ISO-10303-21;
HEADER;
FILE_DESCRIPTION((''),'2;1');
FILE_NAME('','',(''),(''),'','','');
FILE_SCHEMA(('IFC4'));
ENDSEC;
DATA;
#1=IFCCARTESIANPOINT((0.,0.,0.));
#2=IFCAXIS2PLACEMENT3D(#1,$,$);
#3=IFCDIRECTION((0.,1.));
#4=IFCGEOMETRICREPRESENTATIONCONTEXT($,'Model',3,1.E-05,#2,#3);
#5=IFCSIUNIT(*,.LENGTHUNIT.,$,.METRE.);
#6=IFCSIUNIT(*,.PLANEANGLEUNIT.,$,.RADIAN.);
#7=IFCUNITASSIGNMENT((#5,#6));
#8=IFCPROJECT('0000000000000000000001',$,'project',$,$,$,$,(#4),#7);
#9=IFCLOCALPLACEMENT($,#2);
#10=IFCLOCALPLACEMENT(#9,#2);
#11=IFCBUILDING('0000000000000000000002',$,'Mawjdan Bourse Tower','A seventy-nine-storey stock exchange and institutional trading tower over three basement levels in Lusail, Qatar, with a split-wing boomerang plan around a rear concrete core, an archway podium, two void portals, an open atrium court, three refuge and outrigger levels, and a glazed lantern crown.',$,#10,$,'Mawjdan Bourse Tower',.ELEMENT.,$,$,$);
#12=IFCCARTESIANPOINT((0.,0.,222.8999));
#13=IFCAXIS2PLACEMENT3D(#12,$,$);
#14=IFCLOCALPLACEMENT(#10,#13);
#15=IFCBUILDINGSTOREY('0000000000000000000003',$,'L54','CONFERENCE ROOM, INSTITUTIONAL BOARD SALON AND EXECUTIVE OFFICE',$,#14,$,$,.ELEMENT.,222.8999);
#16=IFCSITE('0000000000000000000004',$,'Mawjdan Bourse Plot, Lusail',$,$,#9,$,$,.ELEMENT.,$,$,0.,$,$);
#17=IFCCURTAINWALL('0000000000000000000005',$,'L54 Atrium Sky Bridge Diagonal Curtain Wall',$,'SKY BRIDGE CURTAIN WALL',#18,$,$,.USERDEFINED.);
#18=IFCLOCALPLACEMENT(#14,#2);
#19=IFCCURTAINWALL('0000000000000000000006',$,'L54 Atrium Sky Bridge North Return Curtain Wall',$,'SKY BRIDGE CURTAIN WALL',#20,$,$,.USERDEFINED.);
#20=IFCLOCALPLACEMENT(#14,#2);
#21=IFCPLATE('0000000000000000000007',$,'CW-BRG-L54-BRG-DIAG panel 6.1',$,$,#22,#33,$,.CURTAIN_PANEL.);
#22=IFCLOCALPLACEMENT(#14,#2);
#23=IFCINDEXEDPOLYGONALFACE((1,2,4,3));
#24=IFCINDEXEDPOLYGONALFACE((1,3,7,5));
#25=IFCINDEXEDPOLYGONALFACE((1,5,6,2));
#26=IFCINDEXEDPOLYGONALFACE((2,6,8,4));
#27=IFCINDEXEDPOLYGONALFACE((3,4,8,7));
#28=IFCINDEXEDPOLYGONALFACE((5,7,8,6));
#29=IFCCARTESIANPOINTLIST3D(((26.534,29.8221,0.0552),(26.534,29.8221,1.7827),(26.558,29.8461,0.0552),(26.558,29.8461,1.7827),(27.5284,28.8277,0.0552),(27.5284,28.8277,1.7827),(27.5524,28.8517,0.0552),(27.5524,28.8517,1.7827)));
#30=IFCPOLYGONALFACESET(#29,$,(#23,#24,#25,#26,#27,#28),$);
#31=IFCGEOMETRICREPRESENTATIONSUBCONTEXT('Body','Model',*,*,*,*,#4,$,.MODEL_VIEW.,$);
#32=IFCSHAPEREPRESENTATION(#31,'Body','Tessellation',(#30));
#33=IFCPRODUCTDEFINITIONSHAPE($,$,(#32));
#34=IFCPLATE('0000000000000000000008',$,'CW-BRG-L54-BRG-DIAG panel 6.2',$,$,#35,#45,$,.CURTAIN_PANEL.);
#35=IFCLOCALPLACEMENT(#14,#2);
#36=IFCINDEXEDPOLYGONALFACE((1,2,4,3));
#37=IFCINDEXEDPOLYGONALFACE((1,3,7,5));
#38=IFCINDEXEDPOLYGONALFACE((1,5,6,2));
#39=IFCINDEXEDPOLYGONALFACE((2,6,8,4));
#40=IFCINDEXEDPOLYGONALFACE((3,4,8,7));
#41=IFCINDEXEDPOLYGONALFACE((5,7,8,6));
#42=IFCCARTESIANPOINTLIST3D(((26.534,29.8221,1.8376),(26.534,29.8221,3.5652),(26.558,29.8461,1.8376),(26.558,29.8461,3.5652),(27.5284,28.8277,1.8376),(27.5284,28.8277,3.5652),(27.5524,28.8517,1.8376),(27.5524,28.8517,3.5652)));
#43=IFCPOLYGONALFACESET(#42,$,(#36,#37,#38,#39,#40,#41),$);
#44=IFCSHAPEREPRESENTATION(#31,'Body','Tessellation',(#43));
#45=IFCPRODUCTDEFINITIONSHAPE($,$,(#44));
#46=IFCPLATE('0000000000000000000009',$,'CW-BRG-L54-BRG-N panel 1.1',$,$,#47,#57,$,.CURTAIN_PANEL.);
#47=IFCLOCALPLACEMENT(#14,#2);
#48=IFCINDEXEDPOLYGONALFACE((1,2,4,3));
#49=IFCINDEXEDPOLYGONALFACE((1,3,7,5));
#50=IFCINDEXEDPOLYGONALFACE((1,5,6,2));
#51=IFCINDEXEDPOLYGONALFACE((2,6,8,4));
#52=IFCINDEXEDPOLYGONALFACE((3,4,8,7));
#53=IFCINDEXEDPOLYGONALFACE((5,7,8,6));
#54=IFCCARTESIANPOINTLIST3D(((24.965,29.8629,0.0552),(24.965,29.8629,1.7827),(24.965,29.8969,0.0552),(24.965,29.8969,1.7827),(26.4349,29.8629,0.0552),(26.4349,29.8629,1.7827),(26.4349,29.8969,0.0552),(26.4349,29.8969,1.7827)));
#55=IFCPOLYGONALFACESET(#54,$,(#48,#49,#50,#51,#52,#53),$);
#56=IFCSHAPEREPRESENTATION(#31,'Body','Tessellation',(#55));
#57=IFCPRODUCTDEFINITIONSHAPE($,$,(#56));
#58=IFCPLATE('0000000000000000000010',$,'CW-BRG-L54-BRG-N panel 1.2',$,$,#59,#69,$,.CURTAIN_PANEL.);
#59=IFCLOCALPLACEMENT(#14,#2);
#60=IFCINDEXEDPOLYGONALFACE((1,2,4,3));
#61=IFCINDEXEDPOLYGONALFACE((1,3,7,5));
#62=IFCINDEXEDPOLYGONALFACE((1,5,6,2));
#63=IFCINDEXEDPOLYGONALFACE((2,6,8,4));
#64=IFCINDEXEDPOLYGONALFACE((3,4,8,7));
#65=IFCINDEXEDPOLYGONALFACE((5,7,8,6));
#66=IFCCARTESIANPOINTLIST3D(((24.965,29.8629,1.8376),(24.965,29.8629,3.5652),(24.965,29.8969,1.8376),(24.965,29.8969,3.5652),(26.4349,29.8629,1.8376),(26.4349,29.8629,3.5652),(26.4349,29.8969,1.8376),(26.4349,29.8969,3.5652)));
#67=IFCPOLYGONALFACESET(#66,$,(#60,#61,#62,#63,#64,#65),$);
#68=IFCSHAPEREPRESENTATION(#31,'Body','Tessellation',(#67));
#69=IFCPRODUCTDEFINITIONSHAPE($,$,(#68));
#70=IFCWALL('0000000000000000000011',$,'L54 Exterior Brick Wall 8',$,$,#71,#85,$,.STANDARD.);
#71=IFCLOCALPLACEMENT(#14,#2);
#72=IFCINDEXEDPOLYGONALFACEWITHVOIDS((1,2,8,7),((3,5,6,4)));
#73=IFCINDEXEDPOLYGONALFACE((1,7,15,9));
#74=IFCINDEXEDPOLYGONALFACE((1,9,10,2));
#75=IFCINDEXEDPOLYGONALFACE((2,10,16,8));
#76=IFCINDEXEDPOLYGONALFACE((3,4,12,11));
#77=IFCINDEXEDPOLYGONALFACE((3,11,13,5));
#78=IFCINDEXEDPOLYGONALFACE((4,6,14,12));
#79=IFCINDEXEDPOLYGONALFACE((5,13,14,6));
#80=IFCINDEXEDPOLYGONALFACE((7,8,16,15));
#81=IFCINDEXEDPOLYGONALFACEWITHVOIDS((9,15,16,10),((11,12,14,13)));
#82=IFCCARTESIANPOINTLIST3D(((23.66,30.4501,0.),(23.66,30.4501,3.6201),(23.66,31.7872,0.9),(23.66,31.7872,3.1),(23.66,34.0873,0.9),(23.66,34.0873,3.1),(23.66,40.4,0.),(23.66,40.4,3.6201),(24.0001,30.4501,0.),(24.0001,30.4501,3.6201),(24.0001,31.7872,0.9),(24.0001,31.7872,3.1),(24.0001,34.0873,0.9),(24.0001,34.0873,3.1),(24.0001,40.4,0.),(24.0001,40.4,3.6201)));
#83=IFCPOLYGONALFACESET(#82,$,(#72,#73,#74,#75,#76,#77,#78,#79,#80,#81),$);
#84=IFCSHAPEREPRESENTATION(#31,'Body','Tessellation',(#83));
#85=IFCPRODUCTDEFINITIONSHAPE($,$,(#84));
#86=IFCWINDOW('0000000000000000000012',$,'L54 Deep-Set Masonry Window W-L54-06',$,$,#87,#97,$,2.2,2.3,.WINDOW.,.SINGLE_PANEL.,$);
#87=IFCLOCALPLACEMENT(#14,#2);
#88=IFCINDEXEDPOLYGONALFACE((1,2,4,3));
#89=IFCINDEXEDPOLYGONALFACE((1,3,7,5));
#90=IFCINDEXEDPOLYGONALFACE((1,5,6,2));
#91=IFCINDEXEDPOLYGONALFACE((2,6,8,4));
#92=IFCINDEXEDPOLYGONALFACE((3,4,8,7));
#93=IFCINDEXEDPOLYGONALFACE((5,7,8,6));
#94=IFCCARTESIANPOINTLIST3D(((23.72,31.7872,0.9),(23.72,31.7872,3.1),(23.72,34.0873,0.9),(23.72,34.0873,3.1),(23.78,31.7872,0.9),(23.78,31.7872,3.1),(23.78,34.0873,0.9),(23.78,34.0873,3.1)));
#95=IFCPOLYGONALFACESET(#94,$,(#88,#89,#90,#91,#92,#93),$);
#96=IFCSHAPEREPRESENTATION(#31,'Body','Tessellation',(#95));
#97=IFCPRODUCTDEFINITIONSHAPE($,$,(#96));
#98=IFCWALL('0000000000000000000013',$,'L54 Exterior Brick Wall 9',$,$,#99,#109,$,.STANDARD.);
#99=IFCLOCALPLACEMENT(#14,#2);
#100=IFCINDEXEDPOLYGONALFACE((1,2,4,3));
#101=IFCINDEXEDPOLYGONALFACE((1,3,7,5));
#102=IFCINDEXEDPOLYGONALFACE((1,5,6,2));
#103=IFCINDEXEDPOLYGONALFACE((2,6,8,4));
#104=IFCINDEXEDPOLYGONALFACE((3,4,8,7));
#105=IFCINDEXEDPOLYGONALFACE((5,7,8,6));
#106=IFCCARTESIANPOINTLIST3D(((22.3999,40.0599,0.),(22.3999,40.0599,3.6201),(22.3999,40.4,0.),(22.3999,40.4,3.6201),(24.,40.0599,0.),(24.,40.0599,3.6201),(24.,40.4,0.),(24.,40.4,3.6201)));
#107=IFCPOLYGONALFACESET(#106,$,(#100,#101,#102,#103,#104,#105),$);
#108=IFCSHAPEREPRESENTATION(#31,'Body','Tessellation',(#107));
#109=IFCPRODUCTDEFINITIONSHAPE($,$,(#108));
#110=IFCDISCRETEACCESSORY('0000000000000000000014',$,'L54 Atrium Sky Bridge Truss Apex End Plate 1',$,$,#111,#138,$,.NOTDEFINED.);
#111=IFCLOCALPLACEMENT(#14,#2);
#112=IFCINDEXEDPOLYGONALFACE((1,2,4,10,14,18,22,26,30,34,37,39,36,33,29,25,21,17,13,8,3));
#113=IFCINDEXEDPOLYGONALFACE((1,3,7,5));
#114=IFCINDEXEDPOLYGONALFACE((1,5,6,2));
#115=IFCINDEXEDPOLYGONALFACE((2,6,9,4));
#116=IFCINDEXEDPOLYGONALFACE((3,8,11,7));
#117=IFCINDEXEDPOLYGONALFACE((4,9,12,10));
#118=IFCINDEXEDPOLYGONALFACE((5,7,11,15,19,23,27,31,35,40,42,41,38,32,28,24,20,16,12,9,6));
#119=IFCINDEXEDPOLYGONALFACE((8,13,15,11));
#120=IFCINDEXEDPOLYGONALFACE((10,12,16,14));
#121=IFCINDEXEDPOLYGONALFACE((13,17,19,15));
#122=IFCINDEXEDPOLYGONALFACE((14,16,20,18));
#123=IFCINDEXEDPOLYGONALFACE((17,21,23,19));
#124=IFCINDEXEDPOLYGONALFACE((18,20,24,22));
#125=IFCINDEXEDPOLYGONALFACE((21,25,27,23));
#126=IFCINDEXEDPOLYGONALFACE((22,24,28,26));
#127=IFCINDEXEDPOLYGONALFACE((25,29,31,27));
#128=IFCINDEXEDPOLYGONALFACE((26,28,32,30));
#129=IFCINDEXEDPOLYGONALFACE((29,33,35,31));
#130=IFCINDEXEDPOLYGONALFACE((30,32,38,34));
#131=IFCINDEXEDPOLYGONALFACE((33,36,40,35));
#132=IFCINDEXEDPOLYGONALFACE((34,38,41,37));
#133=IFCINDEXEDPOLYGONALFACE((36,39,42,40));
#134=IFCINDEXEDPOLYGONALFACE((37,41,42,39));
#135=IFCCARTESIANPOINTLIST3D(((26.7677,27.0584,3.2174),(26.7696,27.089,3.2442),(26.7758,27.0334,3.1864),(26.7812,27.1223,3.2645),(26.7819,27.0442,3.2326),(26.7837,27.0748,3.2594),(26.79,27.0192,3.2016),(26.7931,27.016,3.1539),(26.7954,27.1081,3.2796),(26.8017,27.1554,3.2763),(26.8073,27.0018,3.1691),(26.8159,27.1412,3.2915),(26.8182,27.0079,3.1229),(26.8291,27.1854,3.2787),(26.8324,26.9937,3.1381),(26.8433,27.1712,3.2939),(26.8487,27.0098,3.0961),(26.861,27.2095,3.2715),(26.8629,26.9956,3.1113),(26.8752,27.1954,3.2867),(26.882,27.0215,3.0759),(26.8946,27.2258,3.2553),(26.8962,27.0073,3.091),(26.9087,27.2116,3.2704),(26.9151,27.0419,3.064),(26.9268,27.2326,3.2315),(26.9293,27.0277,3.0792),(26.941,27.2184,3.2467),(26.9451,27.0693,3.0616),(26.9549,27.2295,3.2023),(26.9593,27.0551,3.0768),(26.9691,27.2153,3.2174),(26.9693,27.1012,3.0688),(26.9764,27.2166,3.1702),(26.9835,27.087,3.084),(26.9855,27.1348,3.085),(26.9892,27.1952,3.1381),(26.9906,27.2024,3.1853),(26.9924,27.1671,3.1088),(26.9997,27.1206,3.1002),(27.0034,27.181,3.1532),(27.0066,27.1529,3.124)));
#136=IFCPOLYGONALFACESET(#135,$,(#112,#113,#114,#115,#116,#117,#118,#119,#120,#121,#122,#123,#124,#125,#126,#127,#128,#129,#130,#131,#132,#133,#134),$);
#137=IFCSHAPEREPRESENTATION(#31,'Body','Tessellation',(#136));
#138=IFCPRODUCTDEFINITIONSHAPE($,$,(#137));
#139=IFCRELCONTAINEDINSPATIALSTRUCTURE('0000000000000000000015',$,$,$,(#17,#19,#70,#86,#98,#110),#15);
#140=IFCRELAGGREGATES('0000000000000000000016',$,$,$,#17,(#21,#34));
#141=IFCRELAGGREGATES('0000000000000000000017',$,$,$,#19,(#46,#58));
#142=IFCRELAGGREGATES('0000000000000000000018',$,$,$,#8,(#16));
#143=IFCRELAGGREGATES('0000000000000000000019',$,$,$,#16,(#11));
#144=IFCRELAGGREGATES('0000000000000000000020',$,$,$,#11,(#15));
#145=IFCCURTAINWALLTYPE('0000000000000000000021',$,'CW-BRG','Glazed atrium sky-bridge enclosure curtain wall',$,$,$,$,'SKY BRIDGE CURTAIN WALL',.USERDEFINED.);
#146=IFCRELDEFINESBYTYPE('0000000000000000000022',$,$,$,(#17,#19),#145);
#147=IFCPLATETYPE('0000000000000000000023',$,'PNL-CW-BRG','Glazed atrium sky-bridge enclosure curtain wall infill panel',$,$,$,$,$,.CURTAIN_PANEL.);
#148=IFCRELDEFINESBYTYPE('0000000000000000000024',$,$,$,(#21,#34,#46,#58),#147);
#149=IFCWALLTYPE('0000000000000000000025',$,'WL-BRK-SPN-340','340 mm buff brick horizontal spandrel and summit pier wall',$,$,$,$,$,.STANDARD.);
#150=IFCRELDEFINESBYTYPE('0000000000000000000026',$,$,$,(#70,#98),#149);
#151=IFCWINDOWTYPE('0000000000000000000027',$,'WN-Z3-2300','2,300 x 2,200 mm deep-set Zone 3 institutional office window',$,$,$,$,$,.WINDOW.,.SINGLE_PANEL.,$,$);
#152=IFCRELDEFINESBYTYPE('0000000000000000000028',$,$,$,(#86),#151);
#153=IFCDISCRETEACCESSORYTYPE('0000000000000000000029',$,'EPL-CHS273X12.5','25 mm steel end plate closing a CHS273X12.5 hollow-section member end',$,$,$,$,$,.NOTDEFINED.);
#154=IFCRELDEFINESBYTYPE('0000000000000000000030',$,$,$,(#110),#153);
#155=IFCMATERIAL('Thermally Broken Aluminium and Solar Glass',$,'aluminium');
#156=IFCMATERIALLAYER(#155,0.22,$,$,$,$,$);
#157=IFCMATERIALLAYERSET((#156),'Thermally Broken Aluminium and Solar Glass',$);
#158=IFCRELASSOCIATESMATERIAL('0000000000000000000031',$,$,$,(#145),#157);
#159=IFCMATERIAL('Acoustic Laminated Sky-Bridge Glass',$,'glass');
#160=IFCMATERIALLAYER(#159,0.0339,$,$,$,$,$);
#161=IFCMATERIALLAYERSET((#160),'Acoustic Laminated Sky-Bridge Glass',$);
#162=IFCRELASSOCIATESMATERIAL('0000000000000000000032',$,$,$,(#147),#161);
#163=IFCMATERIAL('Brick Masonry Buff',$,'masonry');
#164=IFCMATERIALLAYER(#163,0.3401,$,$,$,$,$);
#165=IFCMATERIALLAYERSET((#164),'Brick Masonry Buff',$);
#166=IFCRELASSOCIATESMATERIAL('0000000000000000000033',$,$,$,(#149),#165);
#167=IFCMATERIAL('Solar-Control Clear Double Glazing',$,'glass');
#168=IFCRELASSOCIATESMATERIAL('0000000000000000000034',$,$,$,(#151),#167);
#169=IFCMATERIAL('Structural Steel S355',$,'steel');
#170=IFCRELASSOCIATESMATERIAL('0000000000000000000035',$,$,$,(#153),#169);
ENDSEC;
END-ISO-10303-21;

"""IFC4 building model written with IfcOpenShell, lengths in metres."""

from ifc_helpers import new_model, si_unit, direction, frame, frame_2d, origin, origin_2d, place, context, subcontext, project, spatial, rectangle, circle, extrude, material, layer, layer_set, material_profile, profile_set, type_object, element, fill, aggregate, save


model = new_model("IFC4")

# Units and contexts
model_context = context("Model", 3, precision=1e-05, world=origin(), true_north=direction((0.0, 1.0)))
body_context = subcontext(model_context, "Body", "Model", "MODEL_VIEW")
ifc_project = project(units=[si_unit("LENGTHUNIT", "METRE"), si_unit("PLANEANGLEUNIT", "RADIAN")], contexts=[model_context])

# Site, building, storey
site_placement = place(None, origin())
site = spatial("IfcSite", under=ifc_project, at=site_placement, Name="Mawjdan Bourse Plot, Lusail", CompositionType="ELEMENT", RefElevation=0.0)
building_placement = place(site_placement, origin())
building = spatial("IfcBuilding", under=site, at=building_placement, Name="Mawjdan Bourse Tower", Description="A seventy-nine-storey stock exchange and institutional trading tower over three basement levels in Lusail, Qatar, with a split-wing boomerang plan around a rear concrete core, an archway podium, two void portals, an open atrium court, three refuge and outrigger levels, and a glazed lantern crown.", LongName="Mawjdan Bourse Tower", CompositionType="ELEMENT")
storey_placement = place(building_placement, frame((0.0, 0.0, 222.8999)))
storey = spatial("IfcBuildingStorey", under=building, at=storey_placement, Name="L54", Description="CONFERENCE ROOM, INSTITUTIONAL BOARD SALON AND EXECUTIVE OFFICE", CompositionType="ELEMENT", Elevation=222.8999)

# Shared definitions
ifc_material_1 = material(Name="Structural Steel S355", Category="steel")

# Curtain walls
ifc_material_2 = material(Name="Thermally Broken Aluminium and Solar Glass", Category="aluminium")
ifc_layer_1 = layer(ifc_material_2, 0.22)
ifc_layer_set_1 = layer_set([ifc_layer_1], Name="Thermally Broken Aluminium and Solar Glass")
curtain_wall_type = type_object("IfcCurtainWallType", Name="CW-BRG", Description="Glazed atrium sky-bridge enclosure curtain wall", ElementType="SKY BRIDGE CURTAIN WALL", PredefinedType="USERDEFINED", material=ifc_layer_set_1)
curtain_wall_1_placement = place(storey_placement, origin())
curtain_wall_1 = element("IfcCurtainWall", 1, at=curtain_wall_1_placement, inside=storey, type_object=curtain_wall_type, Name="L54 Atrium Sky Bridge Diagonal Curtain Wall", ObjectType="SKY BRIDGE CURTAIN WALL", PredefinedType="USERDEFINED")
curtain_wall_2_placement = place(storey_placement, origin())
curtain_wall_2 = element("IfcCurtainWall", 2, at=curtain_wall_2_placement, inside=storey, type_object=curtain_wall_type, Name="L54 Atrium Sky Bridge North Return Curtain Wall", ObjectType="SKY BRIDGE CURTAIN WALL", PredefinedType="USERDEFINED")

# Plates
ifc_material_3 = material(Name="Acoustic Laminated Sky-Bridge Glass", Category="glass")
ifc_layer_2 = layer(ifc_material_3, 0.0339)
ifc_layer_set_2 = layer_set([ifc_layer_2], Name="Acoustic Laminated Sky-Bridge Glass")
plate_type = type_object("IfcPlateType", Name="PNL-CW-BRG", Description="Glazed atrium sky-bridge enclosure curtain wall infill panel", PredefinedType="CURTAIN_PANEL", material=ifc_layer_set_2)
plate_1_placement = place(storey_placement, frame((27.0432, 29.3369, 0.0552), z_axis=(0.0, 0.0, 1.0), x_axis=(-0.707107, 0.707107, 0.0)))
plate_1 = element("IfcPlate", 3, at=plate_1_placement, type_object=plate_type, Name="CW-BRG-L54-BRG-DIAG panel 6.1", PredefinedType="CURTAIN_PANEL", context=body_context, shape_type="SweptSolid", body=[
    extrude(rectangle(XDim=1.4062, YDim=0.0339, at=origin_2d()), origin(), (0.0, 0.0, 1.0), 1.7275),
])
plate_2_placement = place(storey_placement, frame((27.0432, 29.3369, 1.8376), z_axis=(0.0, 0.0, 1.0), x_axis=(-0.707107, 0.707107, 0.0)))
plate_2 = element("IfcPlate", 4, at=plate_2_placement, type_object=plate_type, Name="CW-BRG-L54-BRG-DIAG panel 6.2", PredefinedType="CURTAIN_PANEL", context=body_context, shape_type="SweptSolid", body=[
    extrude(rectangle(XDim=1.4062, YDim=0.0339, at=origin_2d()), origin(), (0.0, 0.0, 1.0), 1.7275),
])
aggregate(curtain_wall_1, [plate_1, plate_2])
plate_3_placement = place(storey_placement, frame((25.7, 29.8799, 0.0552), z_axis=(0.0, 0.0, 1.0), x_axis=(-1.0, 0.0, 0.0)))
plate_3 = element("IfcPlate", 5, at=plate_3_placement, type_object=plate_type, Name="CW-BRG-L54-BRG-N panel 1.1", PredefinedType="CURTAIN_PANEL", context=body_context, shape_type="SweptSolid", body=[
    extrude(rectangle(XDim=1.47, YDim=0.0339, at=origin_2d()), origin(), (0.0, 0.0, 1.0), 1.7275),
])
plate_4_placement = place(storey_placement, frame((25.7, 29.8799, 1.8376), z_axis=(0.0, 0.0, 1.0), x_axis=(-1.0, 0.0, 0.0)))
plate_4 = element("IfcPlate", 6, at=plate_4_placement, type_object=plate_type, Name="CW-BRG-L54-BRG-N panel 1.2", PredefinedType="CURTAIN_PANEL", context=body_context, shape_type="SweptSolid", body=[
    extrude(rectangle(XDim=1.47, YDim=0.0339, at=origin_2d()), origin(), (0.0, 0.0, 1.0), 1.7275),
])
aggregate(curtain_wall_2, [plate_3, plate_4])

# Wall, opening, window
ifc_material_4 = material(Name="Brick Masonry Buff", Category="masonry")
ifc_layer_3 = layer(ifc_material_4, 0.3401)
ifc_layer_set_3 = layer_set([ifc_layer_3], Name="Brick Masonry Buff")
wall_type = type_object("IfcWallType", Name="WL-BRK-SPN-340", Description="340 mm buff brick horizontal spandrel and summit pier wall", PredefinedType="STANDARD", material=ifc_layer_set_3)
wall_1_placement = place(storey_placement, frame((23.8301, 30.45, 0.0), z_axis=(0.0, 0.0, 1.0), x_axis=(0.0, 1.0, 0.0)))
wall_1 = element("IfcWall", 7, at=wall_1_placement, inside=storey, type_object=wall_type, Name="L54 Exterior Brick Wall 8", PredefinedType="STANDARD", context=body_context, shape_type="SweptSolid", body=[
    extrude(rectangle(XDim=9.95, YDim=0.3401, at=frame_2d((4.9751, 0.0))), origin(), (0.0, 0.0, 1.0), 3.6201),
])
opening_placement = place(wall_1_placement, frame((1.3374, 0.0, 0.8999)))
opening = element("IfcOpeningElement", 8, at=opening_placement, cuts=wall_1, PredefinedType="OPENING", context=body_context, shape_type="SweptSolid", body=[
    extrude(rectangle(XDim=2.3, YDim=2.2, at=frame_2d((1.1499, 1.1001))), frame((0.0, 0.1802, 0.0), z_axis=(0.0, -1.0, 0.0), x_axis=(1.0, 0.0, 0.0)), (0.0, 0.0, 1.0), 0.3601),
])
ifc_material_5 = material(Name="Solar-Control Clear Double Glazing", Category="glass")
window_type = type_object("IfcWindowType", Name="WN-Z3-2300", Description="2,300 x 2,200 mm deep-set Zone 3 institutional office window", PartitioningType="SINGLE_PANEL", PredefinedType="WINDOW", material=ifc_material_5)
window_placement = place(opening_placement, origin())
window = element("IfcWindow", 9, at=window_placement, inside=storey, type_object=window_type, Name="L54 Deep-Set Masonry Window W-L54-06", OverallHeight=2.2, OverallWidth=2.3, PartitioningType="SINGLE_PANEL", PredefinedType="WINDOW", context=body_context, shape_type="SweptSolid", body=[
    extrude(rectangle(XDim=2.3, YDim=2.2, at=frame_2d((1.1499, 1.1001))), frame((0.0, 0.1101, 0.0), z_axis=(0.0, -1.0, 0.0), x_axis=(1.0, 0.0, 0.0)), (0.0, 0.0, 1.0), 0.0601),
])
fill(opening, window)

# Wall
wall_2_placement = place(storey_placement, frame((24.0, 40.23, 0.0), z_axis=(0.0, 0.0, 1.0), x_axis=(-1.0, 0.0, 0.0)))
element("IfcWall", 10, at=wall_2_placement, inside=storey, type_object=wall_type, Name="L54 Exterior Brick Wall 9", PredefinedType="STANDARD", context=body_context, shape_type="SweptSolid", body=[
    extrude(rectangle(XDim=1.6001, YDim=0.3401, at=frame_2d((0.8, 0.0))), origin(), (0.0, 0.0, 1.0), 3.6201),
])

# Discrete accessory
ifc_material_profile_1 = material_profile(ifc_material_1, circle(Radius=0.1365, at=origin_2d()), Name="EPL-CHS273X12.5")
ifc_profile_set_1 = profile_set([ifc_material_profile_1], Name="Structural Steel S355")
discrete_accessory_type = type_object("IfcDiscreteAccessoryType", Name="EPL-CHS273X12.5", Description="25 mm steel end plate closing a CHS273X12.5 hollow-section member end", PredefinedType="NOTDEFINED", material=ifc_profile_set_1)
discrete_accessory_placement = place(storey_placement, frame((26.8799, 27.1201, 3.1702), z_axis=(0.564091, -0.564091, 0.602994), x_axis=(0.707107, 0.707107, 0.0)))
element("IfcDiscreteAccessory", 11, at=discrete_accessory_placement, inside=storey, type_object=discrete_accessory_type, Name="L54 Atrium Sky Bridge Truss Apex End Plate 1", PredefinedType="NOTDEFINED", context=body_context, shape_type="SweptSolid", body=[
    extrude(circle(Radius=0.1365, at=origin_2d()), origin(), (0.0, 0.0, 1.0), 0.0251),
])

save(model, "model.ifc")
